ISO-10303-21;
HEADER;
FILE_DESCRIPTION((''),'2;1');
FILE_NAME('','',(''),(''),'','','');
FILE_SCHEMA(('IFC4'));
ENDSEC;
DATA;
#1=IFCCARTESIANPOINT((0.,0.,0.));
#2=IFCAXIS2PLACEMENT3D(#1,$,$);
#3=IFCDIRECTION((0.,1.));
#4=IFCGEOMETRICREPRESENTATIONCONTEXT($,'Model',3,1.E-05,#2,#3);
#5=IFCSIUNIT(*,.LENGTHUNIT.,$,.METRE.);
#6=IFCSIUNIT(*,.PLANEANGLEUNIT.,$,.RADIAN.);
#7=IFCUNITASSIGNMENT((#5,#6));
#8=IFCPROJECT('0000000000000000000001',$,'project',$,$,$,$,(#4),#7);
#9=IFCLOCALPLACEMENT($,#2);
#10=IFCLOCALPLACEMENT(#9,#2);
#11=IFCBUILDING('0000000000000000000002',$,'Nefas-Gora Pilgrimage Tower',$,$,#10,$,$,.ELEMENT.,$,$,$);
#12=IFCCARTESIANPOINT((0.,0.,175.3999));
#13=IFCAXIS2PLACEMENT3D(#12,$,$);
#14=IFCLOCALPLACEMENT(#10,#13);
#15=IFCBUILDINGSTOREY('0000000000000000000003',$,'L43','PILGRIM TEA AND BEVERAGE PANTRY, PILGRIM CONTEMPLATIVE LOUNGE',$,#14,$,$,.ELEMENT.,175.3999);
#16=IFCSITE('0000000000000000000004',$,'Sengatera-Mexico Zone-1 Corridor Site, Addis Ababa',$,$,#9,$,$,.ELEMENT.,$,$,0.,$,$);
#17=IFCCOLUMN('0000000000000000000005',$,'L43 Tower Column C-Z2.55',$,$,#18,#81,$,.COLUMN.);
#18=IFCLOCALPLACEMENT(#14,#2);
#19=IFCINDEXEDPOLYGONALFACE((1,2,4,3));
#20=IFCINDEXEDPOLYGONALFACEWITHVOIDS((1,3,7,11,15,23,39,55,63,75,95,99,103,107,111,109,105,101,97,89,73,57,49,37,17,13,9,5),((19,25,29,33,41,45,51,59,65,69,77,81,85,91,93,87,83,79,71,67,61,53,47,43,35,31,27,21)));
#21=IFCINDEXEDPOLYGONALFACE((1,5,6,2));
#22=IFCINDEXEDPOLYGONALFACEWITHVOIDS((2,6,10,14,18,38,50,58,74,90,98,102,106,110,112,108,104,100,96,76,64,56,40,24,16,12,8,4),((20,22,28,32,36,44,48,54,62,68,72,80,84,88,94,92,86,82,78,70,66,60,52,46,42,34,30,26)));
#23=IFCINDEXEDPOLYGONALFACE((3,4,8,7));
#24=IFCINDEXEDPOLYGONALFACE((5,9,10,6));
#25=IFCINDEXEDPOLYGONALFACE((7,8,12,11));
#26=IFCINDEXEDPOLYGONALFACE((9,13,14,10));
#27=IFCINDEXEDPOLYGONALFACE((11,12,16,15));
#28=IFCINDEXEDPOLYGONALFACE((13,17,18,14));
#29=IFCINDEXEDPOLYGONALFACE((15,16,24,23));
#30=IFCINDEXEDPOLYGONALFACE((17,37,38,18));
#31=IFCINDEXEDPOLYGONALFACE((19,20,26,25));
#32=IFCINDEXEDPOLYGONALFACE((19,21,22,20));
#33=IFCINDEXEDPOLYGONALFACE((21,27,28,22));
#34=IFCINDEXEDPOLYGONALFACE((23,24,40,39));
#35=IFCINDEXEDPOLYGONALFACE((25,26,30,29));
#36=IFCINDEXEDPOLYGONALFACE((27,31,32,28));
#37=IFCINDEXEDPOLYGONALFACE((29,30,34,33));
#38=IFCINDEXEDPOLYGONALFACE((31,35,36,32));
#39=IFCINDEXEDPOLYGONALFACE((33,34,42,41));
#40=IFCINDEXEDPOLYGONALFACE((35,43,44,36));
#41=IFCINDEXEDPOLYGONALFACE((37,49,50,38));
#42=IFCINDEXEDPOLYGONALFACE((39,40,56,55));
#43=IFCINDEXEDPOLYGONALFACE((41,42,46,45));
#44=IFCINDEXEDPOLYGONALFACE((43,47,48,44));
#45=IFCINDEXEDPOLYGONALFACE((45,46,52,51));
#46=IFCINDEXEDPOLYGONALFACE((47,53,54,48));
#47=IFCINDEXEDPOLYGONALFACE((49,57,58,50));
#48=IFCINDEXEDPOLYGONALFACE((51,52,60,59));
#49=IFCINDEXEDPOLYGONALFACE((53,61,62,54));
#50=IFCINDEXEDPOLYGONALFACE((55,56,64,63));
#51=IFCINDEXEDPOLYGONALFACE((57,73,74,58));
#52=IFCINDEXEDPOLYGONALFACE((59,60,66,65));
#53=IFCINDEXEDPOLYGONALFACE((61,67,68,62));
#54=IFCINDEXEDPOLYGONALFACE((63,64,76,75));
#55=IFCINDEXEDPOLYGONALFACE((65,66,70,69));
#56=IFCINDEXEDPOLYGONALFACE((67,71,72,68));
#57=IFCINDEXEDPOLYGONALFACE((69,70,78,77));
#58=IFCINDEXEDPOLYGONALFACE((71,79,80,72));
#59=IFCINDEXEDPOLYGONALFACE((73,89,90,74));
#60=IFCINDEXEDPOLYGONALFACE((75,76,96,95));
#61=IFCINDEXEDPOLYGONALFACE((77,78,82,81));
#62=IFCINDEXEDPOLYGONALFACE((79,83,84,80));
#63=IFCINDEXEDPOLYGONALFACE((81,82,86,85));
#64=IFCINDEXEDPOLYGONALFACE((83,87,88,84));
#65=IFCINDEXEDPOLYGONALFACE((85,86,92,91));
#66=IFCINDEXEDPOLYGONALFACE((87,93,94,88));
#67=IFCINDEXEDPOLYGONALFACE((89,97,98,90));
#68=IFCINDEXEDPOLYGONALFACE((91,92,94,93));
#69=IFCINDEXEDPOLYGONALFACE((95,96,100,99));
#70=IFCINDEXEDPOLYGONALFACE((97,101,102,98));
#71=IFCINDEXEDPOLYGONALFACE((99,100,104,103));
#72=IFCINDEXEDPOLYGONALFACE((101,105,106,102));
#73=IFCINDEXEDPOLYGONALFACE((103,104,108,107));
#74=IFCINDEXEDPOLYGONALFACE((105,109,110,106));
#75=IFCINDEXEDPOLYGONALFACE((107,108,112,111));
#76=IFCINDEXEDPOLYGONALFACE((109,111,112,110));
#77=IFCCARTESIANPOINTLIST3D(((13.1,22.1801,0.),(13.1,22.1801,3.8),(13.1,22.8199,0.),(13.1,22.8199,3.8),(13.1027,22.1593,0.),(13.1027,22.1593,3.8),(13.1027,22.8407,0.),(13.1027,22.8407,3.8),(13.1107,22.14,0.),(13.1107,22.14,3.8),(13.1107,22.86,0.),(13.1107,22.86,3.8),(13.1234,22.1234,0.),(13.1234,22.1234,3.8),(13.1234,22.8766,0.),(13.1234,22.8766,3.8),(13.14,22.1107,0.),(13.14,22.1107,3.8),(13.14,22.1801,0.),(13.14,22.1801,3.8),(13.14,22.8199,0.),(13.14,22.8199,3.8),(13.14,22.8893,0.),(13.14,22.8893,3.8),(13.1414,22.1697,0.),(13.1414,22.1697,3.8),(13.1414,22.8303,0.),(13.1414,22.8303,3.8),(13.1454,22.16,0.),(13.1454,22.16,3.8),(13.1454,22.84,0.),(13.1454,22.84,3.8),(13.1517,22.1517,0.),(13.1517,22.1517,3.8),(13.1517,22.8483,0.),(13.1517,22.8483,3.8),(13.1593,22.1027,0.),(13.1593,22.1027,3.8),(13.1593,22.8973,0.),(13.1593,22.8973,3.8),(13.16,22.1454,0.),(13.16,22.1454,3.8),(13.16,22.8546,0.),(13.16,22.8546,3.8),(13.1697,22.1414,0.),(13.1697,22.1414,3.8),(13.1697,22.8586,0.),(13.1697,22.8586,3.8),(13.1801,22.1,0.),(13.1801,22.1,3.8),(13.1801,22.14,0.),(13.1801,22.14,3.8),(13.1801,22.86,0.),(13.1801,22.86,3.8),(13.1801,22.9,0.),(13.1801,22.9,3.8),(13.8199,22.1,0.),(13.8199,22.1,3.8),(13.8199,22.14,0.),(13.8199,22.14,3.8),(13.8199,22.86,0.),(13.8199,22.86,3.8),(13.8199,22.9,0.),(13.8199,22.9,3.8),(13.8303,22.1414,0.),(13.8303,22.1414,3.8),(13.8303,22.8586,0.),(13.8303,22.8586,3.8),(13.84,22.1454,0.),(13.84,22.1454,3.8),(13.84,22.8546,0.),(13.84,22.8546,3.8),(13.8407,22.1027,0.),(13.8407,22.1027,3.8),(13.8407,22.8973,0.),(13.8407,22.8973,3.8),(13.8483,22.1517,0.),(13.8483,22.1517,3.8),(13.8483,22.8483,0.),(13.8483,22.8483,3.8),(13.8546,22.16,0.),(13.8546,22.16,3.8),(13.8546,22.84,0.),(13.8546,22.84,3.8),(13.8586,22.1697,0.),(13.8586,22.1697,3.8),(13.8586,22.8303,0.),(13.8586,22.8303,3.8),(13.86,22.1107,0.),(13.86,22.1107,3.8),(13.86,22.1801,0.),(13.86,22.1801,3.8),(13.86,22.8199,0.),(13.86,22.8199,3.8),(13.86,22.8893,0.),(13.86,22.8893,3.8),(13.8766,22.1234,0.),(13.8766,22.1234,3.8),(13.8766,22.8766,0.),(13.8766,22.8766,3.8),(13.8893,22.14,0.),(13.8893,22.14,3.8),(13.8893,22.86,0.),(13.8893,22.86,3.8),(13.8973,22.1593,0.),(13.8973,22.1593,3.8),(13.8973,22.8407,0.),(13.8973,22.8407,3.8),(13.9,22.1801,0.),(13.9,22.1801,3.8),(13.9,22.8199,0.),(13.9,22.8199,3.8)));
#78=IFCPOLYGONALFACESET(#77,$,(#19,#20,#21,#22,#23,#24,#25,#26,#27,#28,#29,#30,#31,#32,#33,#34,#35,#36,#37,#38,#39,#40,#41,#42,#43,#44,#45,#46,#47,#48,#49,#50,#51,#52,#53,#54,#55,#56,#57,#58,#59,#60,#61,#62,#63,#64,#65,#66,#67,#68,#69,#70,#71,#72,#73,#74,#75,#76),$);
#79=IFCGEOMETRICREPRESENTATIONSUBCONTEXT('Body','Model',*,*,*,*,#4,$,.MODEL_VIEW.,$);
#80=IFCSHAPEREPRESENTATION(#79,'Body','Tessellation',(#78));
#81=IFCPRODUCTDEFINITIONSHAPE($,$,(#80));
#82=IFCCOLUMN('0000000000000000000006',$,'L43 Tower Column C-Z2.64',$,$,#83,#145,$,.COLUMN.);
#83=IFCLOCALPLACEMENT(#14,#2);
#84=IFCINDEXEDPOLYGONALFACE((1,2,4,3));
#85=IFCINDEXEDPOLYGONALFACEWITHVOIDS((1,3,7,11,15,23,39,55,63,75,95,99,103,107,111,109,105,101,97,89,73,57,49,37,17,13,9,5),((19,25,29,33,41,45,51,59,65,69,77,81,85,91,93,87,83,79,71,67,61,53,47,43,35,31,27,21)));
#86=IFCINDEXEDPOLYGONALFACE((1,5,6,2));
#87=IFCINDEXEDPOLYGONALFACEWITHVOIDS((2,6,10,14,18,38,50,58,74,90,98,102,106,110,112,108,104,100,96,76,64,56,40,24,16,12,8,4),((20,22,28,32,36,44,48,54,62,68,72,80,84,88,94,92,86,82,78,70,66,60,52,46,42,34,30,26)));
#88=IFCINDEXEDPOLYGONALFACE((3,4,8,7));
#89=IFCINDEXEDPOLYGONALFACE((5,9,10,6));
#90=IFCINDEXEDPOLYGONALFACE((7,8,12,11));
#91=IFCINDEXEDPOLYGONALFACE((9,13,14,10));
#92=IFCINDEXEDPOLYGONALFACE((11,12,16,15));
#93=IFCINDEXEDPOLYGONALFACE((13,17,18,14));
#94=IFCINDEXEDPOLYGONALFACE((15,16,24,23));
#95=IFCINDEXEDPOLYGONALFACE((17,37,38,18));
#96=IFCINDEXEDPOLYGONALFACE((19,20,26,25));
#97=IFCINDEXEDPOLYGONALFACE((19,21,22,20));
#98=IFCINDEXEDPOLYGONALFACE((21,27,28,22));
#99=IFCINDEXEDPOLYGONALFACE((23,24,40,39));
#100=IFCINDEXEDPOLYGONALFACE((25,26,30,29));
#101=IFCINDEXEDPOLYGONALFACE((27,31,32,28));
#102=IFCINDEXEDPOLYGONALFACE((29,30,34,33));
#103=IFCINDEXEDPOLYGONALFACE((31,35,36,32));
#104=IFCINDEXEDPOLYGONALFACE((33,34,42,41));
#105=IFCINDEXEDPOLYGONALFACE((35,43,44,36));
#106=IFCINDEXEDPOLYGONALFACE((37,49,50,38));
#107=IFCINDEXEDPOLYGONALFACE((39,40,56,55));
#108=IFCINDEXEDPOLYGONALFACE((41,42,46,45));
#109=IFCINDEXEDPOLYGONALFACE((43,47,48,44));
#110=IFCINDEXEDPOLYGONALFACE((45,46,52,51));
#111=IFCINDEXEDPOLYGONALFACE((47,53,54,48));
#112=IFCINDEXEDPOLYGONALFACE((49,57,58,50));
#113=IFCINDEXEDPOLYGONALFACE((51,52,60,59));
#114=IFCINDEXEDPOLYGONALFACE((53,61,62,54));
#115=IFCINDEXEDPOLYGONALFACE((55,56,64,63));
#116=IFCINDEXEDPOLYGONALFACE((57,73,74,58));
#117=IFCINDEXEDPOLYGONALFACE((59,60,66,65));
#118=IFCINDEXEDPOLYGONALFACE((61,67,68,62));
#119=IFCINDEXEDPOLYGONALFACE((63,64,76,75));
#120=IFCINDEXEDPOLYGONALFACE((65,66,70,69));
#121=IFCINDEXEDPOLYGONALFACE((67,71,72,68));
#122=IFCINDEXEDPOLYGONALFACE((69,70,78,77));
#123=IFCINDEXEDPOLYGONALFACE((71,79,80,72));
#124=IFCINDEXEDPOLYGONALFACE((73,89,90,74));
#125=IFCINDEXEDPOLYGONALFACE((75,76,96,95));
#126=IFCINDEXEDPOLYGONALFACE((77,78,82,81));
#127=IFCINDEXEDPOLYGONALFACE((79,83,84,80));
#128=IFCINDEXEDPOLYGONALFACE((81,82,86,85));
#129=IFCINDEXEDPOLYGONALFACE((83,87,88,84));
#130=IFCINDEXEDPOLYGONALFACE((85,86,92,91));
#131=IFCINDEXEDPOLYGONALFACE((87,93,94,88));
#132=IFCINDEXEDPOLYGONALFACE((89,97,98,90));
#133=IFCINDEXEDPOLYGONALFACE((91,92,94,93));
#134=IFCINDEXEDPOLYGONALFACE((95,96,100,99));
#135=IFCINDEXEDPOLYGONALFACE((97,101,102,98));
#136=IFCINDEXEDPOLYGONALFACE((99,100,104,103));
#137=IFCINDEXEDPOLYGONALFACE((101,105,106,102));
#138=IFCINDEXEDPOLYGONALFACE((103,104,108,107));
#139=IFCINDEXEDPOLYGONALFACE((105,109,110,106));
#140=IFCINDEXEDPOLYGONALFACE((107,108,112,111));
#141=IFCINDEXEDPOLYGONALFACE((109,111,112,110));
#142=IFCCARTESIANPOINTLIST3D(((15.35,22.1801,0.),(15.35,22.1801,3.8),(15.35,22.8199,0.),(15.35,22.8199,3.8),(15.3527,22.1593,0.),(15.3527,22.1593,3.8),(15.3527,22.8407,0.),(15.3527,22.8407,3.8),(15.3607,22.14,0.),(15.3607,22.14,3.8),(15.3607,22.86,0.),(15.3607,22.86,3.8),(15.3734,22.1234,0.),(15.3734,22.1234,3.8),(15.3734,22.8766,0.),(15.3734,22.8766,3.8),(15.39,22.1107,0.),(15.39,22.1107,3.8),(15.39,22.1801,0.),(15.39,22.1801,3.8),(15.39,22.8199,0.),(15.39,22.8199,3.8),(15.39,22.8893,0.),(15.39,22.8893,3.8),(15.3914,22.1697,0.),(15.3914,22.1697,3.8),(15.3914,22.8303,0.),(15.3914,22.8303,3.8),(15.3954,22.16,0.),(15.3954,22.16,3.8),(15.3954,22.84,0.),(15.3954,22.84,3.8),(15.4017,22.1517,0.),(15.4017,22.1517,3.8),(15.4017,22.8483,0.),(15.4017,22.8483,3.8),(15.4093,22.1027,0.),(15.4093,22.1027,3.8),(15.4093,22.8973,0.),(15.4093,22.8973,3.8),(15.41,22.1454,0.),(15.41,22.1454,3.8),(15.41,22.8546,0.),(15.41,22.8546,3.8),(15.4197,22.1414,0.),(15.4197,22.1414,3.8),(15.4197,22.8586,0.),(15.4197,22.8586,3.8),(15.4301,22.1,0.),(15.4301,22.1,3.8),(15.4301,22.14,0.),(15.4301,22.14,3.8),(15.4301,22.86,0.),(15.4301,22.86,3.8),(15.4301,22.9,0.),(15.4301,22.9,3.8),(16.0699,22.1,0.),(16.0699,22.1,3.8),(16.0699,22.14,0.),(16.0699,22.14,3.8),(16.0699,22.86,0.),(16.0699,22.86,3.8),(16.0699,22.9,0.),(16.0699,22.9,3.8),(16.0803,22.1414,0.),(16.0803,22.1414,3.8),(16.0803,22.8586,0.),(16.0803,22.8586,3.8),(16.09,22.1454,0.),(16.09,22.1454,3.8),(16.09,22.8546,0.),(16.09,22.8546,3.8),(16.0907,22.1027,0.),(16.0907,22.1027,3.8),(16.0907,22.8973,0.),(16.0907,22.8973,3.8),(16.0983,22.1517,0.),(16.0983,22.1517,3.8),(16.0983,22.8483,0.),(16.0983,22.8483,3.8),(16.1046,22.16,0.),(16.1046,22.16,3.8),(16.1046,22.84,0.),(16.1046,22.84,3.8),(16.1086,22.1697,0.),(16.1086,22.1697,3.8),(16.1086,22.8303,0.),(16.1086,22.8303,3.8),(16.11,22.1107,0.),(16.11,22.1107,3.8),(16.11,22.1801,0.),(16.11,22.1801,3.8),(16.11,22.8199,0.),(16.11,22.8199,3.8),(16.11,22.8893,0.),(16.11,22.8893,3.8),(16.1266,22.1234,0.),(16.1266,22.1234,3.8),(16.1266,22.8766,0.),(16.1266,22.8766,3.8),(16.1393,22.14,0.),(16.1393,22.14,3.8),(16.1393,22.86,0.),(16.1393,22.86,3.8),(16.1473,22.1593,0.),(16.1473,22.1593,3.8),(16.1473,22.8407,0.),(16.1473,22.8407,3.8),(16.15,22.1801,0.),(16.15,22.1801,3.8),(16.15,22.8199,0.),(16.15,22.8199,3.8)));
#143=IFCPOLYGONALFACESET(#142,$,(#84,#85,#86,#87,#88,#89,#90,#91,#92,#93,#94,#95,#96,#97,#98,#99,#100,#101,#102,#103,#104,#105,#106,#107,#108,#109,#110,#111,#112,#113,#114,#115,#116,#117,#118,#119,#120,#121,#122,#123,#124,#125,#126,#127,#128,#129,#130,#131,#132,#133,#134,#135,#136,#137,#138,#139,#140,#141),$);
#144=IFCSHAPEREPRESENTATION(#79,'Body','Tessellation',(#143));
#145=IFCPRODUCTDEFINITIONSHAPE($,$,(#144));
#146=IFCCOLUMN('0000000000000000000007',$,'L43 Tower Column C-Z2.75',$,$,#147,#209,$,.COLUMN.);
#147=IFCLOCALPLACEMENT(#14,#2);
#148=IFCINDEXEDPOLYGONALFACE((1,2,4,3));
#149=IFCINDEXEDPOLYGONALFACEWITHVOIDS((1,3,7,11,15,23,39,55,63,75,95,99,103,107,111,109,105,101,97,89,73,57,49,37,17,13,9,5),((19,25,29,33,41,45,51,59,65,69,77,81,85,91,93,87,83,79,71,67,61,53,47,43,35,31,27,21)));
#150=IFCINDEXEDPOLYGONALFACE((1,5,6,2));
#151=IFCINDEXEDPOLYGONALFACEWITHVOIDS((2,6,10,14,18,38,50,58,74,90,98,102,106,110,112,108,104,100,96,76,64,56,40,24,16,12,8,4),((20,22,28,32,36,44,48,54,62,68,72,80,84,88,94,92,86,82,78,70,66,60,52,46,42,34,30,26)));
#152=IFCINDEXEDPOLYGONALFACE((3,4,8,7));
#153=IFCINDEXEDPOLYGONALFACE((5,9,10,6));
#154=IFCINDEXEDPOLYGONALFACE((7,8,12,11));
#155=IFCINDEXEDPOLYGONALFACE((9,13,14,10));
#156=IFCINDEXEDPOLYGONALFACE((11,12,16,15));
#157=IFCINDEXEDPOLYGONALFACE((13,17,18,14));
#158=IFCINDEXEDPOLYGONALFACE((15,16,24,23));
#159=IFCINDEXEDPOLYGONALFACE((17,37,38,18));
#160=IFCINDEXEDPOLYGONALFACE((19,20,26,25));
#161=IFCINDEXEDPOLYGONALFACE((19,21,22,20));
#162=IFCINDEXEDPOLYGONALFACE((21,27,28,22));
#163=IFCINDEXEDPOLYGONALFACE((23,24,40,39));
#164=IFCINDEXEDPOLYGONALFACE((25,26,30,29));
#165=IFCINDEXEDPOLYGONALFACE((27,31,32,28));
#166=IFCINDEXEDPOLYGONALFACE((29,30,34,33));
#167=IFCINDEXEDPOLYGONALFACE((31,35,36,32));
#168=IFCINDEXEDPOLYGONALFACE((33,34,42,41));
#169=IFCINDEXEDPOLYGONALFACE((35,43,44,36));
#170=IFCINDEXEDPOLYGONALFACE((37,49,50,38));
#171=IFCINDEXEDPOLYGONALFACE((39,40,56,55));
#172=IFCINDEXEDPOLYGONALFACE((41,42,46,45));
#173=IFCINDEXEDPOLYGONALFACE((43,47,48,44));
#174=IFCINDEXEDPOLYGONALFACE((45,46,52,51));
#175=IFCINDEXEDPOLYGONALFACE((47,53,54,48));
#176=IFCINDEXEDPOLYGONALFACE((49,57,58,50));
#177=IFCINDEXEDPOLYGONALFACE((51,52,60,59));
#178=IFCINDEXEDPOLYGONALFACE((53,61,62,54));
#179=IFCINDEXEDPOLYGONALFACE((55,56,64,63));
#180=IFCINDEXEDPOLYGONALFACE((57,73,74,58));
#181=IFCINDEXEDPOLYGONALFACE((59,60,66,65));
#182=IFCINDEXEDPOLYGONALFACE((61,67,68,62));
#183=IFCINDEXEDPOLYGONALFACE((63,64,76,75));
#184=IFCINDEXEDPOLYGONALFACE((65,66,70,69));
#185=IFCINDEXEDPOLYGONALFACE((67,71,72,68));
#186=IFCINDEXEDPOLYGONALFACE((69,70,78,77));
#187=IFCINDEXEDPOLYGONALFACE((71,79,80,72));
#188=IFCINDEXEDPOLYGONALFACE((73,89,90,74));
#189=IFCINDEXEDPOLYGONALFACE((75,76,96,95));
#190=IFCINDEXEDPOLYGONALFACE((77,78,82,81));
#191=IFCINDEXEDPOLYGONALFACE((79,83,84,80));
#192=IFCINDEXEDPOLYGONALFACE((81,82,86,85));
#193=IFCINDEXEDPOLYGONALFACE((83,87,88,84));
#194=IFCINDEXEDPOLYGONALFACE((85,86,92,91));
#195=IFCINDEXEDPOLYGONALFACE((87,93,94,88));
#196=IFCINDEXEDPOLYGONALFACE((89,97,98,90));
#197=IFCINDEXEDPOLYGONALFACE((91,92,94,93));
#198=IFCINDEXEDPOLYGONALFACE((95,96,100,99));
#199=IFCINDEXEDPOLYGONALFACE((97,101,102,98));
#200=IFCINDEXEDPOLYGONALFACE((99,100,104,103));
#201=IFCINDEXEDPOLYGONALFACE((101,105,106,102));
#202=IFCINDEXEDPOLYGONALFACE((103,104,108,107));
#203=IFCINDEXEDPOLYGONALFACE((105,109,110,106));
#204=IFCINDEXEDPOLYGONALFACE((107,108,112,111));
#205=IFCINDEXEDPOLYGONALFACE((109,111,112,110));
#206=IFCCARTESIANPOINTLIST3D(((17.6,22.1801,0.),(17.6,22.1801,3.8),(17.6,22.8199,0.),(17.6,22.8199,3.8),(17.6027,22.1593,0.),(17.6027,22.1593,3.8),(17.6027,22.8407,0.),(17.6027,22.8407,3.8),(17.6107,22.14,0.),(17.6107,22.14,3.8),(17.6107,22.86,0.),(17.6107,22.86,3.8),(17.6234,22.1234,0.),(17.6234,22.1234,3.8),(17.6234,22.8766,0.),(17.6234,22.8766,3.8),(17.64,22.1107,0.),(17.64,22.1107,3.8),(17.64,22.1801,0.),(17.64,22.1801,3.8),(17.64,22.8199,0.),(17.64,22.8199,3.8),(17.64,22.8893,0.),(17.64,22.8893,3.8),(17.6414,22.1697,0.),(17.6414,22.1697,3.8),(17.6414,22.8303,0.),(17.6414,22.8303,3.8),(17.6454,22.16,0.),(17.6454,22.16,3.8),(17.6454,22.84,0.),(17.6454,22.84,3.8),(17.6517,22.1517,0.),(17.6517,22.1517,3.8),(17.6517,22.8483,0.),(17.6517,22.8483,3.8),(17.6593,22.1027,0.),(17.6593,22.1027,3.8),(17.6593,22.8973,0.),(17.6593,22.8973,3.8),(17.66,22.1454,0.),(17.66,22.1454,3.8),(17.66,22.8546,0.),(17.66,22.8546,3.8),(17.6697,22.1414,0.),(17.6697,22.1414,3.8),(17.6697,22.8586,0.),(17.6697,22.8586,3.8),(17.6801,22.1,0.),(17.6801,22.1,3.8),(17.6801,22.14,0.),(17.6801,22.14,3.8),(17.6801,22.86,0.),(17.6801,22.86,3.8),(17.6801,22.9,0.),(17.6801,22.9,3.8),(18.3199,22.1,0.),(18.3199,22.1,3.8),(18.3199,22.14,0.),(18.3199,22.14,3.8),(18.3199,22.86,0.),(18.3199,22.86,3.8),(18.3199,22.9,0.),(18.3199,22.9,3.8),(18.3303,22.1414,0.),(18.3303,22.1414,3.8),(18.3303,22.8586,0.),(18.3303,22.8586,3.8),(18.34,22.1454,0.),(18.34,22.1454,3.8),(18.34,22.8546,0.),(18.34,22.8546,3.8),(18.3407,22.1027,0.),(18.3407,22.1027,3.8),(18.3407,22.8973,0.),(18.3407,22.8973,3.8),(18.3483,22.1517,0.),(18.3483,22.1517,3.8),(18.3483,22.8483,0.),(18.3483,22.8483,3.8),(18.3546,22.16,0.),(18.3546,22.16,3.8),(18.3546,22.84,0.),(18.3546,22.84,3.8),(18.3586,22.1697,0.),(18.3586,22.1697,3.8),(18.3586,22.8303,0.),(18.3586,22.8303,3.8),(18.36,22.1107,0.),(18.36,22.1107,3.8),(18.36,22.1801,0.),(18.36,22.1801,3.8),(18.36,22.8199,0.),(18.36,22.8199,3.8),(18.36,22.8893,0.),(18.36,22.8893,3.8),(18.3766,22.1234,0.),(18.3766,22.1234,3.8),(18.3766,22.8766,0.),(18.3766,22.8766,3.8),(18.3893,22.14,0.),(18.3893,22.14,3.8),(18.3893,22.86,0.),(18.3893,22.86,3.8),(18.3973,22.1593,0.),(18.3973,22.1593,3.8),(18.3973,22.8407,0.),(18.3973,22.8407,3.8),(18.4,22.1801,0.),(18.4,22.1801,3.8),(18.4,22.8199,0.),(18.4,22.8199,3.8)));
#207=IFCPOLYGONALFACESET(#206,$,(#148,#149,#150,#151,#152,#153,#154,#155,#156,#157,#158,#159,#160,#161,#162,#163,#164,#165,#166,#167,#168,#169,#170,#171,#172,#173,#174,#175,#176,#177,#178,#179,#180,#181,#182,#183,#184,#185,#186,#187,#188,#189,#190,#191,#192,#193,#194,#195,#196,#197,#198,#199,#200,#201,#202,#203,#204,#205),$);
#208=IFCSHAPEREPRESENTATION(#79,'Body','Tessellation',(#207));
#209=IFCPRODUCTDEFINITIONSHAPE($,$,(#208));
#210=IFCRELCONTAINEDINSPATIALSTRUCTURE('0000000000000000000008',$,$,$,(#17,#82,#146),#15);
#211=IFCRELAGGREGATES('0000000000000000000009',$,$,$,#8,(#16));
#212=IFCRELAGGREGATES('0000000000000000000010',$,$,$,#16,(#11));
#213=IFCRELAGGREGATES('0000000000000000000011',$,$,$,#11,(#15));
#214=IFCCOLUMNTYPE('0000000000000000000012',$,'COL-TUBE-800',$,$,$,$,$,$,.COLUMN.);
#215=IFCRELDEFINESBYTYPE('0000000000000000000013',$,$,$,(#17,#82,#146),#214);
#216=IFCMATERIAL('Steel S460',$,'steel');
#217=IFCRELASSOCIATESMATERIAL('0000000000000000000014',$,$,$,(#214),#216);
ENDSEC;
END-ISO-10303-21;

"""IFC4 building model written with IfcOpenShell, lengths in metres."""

from ifc_helpers import new_model, si_unit, direction, frame, origin, origin_2d, place, context, subcontext, project, spatial, hollow_rectangle, extrude, source, transform, mapped, material, material_profile, profile_set, type_object, element, save


model = new_model("IFC4")

# Units and contexts
model_context = context("Model", 3, precision=1e-05, world=origin(), true_north=direction((0.0, 1.0)))
body_context = subcontext(model_context, "Body", "Model", "MODEL_VIEW")
ifc_project = project(units=[si_unit("LENGTHUNIT", "METRE"), si_unit("PLANEANGLEUNIT", "RADIAN")], contexts=[model_context])

# Site, building, storey
site_placement = place(None, origin())
site = spatial("IfcSite", under=ifc_project, at=site_placement, Name="Sengatera-Mexico Zone-1 Corridor Site, Addis Ababa", CompositionType="ELEMENT", RefElevation=0.0)
building_placement = place(site_placement, origin())
building = spatial("IfcBuilding", under=site, at=building_placement, Name="Nefas-Gora Pilgrimage Tower", CompositionType="ELEMENT")
storey_placement = place(building_placement, frame((0.0, 0.0, 175.3999)))
storey = spatial("IfcBuildingStorey", under=building, at=storey_placement, Name="L43", Description="PILGRIM TEA AND BEVERAGE PANTRY, PILGRIM CONTEMPLATIVE LOUNGE", CompositionType="ELEMENT", Elevation=175.3999)

# Columns
ifc_material_1 = material(Name="Steel S460", Category="steel")
ifc_material_profile_1 = material_profile(ifc_material_1, hollow_rectangle(XDim=0.8, YDim=0.8, WallThickness=0.04, InnerFilletRadius=0.04, OuterFilletRadius=0.0801, at=origin_2d()), Name="BOX 800x800x40")
ifc_profile_set_1 = profile_set([ifc_material_profile_1], Name="Steel S460")
column_type_1 = type_object("IfcColumnType", Name="COL-TUBE-800", PredefinedType="COLUMN", material=ifc_profile_set_1)
shared_shape_1 = source(origin(), body_context, "Body", "SweptSolid", [
    extrude(hollow_rectangle(XDim=0.8, YDim=0.8, WallThickness=0.04, InnerFilletRadius=0.04, OuterFilletRadius=0.0801, at=origin_2d()), origin(), (0.0, 0.0, 1.0), 3.8),
])
for number, where, z_axis, x_axis, name in (
    (1, (13.5, 22.5, 0.0), (0.0, 0.0, 1.0), (1.0, 0.0, 0.0), "L43 Tower Column C-Z2.55"),
    (2, (15.75, 22.5, 0.0), (0.0, 0.0, 1.0), (1.0, 0.0, 0.0), "L43 Tower Column C-Z2.64"),
    (3, (18.0, 22.5, 0.0), (0.0, 0.0, 1.0), (1.0, 0.0, 0.0), "L43 Tower Column C-Z2.75"),
):
    element("IfcColumn", number, at=place(storey_placement, frame(where, z_axis=z_axis, x_axis=x_axis)), inside=storey, type_object=column_type_1, Name=name, PredefinedType="COLUMN", context=body_context, shape_type="MappedRepresentation", body=[
        mapped(shared_shape_1, transform((0.0, 0.0, 0.0), x_axis=(1.0, 0.0, 0.0), y_axis=(0.0, 1.0, 0.0), z_axis=(0.0, 0.0, 1.0), scale=1.0)),
    ])

save(model, "model.ifc")
